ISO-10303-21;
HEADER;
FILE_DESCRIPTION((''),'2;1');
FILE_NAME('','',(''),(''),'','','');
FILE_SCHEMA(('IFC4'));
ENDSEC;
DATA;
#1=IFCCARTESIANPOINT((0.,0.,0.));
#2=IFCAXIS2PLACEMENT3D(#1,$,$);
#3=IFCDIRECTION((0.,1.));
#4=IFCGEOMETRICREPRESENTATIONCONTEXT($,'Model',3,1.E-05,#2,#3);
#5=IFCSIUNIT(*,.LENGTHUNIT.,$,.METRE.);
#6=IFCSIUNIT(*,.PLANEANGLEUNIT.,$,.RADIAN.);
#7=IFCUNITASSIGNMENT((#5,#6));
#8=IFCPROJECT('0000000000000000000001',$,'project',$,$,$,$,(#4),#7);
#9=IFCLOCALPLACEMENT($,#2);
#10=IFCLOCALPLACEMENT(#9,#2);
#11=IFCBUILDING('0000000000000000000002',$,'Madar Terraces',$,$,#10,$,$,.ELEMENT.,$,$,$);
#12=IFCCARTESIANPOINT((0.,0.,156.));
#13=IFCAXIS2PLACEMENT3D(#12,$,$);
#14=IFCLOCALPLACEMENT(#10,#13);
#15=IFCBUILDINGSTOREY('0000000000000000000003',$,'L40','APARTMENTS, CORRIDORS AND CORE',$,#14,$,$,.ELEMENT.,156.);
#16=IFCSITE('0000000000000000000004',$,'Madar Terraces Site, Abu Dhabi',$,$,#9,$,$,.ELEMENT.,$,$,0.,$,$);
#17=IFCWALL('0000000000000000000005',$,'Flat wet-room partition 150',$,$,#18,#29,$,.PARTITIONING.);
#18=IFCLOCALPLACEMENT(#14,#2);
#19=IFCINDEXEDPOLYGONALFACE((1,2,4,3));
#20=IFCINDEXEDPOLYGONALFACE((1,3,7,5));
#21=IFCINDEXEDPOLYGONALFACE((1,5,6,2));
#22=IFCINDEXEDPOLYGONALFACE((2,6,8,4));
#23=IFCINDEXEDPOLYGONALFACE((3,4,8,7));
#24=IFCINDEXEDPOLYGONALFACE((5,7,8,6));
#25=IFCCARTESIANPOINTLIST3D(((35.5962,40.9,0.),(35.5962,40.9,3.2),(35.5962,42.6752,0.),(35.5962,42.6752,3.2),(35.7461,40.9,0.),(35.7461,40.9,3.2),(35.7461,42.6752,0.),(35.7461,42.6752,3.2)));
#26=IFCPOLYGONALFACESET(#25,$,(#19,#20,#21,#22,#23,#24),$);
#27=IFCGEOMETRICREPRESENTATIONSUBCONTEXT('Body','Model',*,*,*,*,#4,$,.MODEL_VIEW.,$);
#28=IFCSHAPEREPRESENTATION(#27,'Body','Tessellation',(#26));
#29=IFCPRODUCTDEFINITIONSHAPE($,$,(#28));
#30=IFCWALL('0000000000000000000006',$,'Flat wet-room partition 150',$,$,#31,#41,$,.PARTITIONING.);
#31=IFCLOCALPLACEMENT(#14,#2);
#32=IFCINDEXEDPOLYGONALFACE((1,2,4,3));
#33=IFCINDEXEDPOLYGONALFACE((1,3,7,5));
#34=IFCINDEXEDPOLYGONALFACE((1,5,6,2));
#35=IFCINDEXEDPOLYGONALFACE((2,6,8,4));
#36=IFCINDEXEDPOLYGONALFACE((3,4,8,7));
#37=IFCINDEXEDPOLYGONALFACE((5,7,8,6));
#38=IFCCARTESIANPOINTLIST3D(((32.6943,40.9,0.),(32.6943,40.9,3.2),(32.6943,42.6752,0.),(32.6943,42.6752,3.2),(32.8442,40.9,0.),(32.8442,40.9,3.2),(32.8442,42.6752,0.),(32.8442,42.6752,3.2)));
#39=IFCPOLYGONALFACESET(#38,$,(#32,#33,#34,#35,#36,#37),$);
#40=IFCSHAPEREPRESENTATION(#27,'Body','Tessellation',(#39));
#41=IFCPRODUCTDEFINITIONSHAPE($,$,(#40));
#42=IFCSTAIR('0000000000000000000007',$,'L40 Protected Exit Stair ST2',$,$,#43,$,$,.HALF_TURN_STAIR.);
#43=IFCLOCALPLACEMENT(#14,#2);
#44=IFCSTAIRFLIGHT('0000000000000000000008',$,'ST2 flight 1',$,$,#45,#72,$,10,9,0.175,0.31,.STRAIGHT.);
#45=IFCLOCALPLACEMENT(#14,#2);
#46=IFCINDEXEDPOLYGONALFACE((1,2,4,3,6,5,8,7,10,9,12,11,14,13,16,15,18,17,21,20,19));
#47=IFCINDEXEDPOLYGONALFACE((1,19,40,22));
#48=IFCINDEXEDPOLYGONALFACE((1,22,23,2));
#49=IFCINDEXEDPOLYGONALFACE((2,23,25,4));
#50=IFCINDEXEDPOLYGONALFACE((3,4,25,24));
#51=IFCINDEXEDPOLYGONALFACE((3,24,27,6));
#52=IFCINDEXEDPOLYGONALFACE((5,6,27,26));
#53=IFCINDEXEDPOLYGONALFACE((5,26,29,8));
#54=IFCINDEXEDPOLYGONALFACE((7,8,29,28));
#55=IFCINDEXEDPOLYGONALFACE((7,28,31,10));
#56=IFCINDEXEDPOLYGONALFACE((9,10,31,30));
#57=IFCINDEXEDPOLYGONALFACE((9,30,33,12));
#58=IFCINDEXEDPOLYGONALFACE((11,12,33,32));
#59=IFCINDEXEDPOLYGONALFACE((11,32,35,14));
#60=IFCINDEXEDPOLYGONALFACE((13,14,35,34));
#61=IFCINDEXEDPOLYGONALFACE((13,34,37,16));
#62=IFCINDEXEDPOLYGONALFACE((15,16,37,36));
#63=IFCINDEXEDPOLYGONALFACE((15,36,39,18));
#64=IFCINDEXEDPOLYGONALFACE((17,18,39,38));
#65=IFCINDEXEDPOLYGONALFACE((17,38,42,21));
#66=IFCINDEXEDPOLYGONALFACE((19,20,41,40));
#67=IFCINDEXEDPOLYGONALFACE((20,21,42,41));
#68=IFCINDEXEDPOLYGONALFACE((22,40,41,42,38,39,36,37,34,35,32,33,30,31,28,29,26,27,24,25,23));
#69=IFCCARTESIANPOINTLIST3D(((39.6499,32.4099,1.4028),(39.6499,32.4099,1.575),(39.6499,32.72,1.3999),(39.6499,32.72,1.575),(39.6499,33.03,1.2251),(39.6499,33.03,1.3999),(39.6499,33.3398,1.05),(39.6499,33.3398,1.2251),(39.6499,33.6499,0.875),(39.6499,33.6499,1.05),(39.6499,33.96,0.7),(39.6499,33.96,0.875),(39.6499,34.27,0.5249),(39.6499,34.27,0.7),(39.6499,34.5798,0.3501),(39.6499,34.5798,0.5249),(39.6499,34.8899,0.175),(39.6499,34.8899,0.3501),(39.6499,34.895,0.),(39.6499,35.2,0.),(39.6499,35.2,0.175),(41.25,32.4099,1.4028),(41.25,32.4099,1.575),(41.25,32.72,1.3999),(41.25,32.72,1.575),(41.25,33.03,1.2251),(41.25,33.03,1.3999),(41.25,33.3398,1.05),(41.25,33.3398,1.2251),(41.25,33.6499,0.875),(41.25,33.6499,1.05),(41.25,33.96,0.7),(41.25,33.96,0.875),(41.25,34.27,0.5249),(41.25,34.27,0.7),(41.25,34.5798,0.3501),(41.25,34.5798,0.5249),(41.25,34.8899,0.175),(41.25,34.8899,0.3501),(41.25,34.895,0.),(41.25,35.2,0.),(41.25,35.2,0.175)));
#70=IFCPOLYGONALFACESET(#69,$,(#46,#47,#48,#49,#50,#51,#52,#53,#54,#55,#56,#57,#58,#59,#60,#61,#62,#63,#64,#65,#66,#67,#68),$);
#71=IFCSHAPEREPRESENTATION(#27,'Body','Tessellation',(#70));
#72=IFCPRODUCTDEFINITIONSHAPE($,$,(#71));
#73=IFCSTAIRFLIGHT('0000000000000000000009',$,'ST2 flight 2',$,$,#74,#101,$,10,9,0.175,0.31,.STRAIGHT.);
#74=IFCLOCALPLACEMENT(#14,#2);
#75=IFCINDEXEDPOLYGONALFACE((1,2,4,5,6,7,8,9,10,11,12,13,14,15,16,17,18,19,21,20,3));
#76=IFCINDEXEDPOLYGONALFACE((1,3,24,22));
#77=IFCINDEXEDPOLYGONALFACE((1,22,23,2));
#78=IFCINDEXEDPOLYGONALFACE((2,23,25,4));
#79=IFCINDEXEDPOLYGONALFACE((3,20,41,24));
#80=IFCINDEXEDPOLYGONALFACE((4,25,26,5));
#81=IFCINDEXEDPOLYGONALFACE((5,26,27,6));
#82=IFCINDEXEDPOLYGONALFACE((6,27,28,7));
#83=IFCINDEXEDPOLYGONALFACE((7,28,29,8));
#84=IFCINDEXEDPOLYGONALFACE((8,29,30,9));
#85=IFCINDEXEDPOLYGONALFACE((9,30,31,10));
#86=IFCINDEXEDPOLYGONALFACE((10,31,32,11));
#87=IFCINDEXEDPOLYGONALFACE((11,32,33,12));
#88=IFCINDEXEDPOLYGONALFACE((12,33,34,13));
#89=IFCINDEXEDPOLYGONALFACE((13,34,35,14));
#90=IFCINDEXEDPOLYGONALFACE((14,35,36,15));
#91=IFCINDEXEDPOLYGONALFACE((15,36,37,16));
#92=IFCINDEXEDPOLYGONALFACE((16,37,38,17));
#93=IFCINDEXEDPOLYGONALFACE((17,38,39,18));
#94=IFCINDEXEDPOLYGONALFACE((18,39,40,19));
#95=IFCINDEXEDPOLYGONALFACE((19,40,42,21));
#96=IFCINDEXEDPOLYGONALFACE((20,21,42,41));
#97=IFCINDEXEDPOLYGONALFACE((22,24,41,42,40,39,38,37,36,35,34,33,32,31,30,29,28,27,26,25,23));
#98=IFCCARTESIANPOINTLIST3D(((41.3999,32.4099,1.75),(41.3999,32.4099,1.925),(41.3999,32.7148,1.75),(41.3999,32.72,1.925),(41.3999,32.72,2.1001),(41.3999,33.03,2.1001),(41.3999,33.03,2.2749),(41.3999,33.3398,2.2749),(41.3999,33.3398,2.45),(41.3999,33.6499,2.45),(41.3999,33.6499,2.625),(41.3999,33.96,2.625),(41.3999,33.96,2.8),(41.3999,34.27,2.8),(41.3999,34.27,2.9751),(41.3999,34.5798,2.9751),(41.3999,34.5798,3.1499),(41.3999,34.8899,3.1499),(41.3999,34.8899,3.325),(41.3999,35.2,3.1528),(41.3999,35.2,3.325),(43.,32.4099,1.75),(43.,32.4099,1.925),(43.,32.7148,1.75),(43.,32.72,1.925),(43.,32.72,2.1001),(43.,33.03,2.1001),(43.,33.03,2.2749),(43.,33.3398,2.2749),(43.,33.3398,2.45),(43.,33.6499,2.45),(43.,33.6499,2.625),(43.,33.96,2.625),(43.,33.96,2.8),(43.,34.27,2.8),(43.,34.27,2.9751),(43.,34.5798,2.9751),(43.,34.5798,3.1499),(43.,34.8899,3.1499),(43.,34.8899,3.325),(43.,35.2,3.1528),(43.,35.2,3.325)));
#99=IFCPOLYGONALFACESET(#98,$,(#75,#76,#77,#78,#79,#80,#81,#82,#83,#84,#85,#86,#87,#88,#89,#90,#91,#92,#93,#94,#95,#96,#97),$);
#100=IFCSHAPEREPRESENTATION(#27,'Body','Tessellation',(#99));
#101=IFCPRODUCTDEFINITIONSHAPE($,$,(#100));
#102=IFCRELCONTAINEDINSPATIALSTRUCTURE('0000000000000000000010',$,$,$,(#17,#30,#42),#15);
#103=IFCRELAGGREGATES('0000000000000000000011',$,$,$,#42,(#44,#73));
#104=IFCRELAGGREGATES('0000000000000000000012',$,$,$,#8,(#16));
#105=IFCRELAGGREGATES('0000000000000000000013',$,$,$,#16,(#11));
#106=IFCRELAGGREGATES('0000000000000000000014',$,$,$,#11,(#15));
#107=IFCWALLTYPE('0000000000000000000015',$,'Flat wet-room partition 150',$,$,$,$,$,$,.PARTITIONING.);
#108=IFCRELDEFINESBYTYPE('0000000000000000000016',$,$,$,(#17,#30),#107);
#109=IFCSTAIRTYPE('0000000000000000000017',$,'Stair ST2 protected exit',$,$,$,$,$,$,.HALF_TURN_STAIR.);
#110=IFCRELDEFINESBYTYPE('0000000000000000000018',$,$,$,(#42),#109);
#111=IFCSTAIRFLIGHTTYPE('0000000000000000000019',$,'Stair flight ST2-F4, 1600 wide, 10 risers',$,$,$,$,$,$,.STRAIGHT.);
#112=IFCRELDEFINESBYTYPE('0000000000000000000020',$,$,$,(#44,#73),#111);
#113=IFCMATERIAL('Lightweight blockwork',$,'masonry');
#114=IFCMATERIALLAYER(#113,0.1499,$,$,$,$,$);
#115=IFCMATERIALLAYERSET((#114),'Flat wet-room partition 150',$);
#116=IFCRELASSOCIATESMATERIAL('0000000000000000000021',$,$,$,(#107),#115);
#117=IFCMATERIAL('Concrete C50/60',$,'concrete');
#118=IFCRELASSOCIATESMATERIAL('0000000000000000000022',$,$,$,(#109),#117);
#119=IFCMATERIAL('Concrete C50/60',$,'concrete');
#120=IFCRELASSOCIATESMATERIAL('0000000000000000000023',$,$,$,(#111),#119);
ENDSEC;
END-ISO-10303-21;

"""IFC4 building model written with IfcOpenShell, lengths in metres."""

from ifc_helpers import new_model, si_unit, direction, frame, frame_2d, origin, place, context, subcontext, project, spatial, polyline, rectangle, outline, extrude, material, layer, layer_set, type_object, element, aggregate, save


model = new_model("IFC4")

# Units and contexts
model_context = context("Model", 3, precision=1e-05, world=origin(), true_north=direction((0.0, 1.0)))
body_context = subcontext(model_context, "Body", "Model", "MODEL_VIEW")
ifc_project = project(units=[si_unit("LENGTHUNIT", "METRE"), si_unit("PLANEANGLEUNIT", "RADIAN")], contexts=[model_context])

# Site, building, storey
site_placement = place(None, origin())
site = spatial("IfcSite", under=ifc_project, at=site_placement, Name="Madar Terraces Site, Abu Dhabi", CompositionType="ELEMENT", RefElevation=0.0)
building_placement = place(site_placement, origin())
building = spatial("IfcBuilding", under=site, at=building_placement, Name="Madar Terraces", CompositionType="ELEMENT")
storey_placement = place(building_placement, frame((0.0, 0.0, 156.0)))
storey = spatial("IfcBuildingStorey", under=building, at=storey_placement, Name="L40", Description="APARTMENTS, CORRIDORS AND CORE", CompositionType="ELEMENT", Elevation=156.0)

# Walls
ifc_material_1 = material(Name="Lightweight blockwork", Category="masonry")
ifc_layer_1 = layer(ifc_material_1, 0.1499)
ifc_layer_set_1 = layer_set([ifc_layer_1], Name="Flat wet-room partition 150")
wall_type_1 = type_object("IfcWallType", Name="Flat wet-room partition 150", PredefinedType="PARTITIONING", material=ifc_layer_set_1)
for number, where, z_axis, x_axis, name in (
    (1, (35.6711, 40.8999, 0.0), (0.0, 0.0, 1.0), (0.0, 1.0, 0.0), "Flat wet-room partition 150"),
    (2, (32.7693, 40.8999, 0.0), (0.0, 0.0, 1.0), (0.0, 1.0, 0.0), "Flat wet-room partition 150"),
):
    element("IfcWall", number, at=place(storey_placement, frame(where, z_axis=z_axis, x_axis=x_axis)), inside=storey, type_object=wall_type_1, Name=name, PredefinedType="PARTITIONING", context=body_context, shape_type="SweptSolid", body=[
        extrude(rectangle(XDim=1.7751, YDim=0.1499, at=frame_2d((0.8877, 0.0))), origin(), (0.0, 0.0, 1.0), 3.2),
    ])

# Stair, stair flights
ifc_material_2 = material(Name="Concrete C50/60", Category="concrete")
stair_type = type_object("IfcStairType", Name="Stair ST2 protected exit", PredefinedType="HALF_TURN_STAIR", material=ifc_material_2)
stair_placement = place(storey_placement, origin())
stair = element("IfcStair", 3, at=stair_placement, inside=storey, type_object=stair_type, Name="L40 Protected Exit Stair ST2", PredefinedType="HALF_TURN_STAIR")
ifc_material_3 = material(Name="Concrete C50/60", Category="concrete")
stair_flight_type = type_object("IfcStairFlightType", Name="Stair flight ST2-F4, 1600 wide, 10 risers", PredefinedType="STRAIGHT", material=ifc_material_3)
stair_flight_1_placement = place(storey_placement, frame((40.45, 35.2, 0.0), z_axis=(0.0, 0.0, 1.0), x_axis=(0.0, -1.0, 0.0)))
stair_flight_1 = element("IfcStairFlight", 4, at=stair_flight_1_placement, type_object=stair_flight_type, Name="ST2 flight 1", NumberOfRisers=10, NumberOfTreads=9, PredefinedType="STRAIGHT", RiserHeight=0.175, TreadLength=0.31, context=body_context, shape_type="SweptSolid", body=[
    extrude(outline(polyline([(0.0, 0.0), (0.0, 0.175), (0.3101, 0.175), (0.3101, 0.3501), (0.6201, 0.3501), (0.6201, 0.5249), (0.9299, 0.5249), (0.9299, 0.7), (1.24, 0.7), (1.24, 0.875), (1.55, 0.875), (1.55, 1.05), (1.8601, 1.05), (1.8601, 1.2251), (2.1699, 1.2251), (2.1699, 1.3999), (2.48, 1.3999), (2.48, 1.575), (2.79, 1.575), (2.79, 1.75), (2.79, 1.4028), (0.3049, 0.0), (0.0, 0.0)])), frame((0.0, 0.8, 0.0), z_axis=(0.0, -1.0, 0.0), x_axis=(1.0, 0.0, 0.0)), (0.0, 0.0, 1.0), 1.6001),
])
stair_flight_2_placement = place(storey_placement, frame((42.2, 32.4099, 1.75), z_axis=(0.0, 0.0, 1.0), x_axis=(0.0, 1.0, 0.0)))
stair_flight_2 = element("IfcStairFlight", 5, at=stair_flight_2_placement, type_object=stair_flight_type, Name="ST2 flight 2", NumberOfRisers=10, NumberOfTreads=9, PredefinedType="STRAIGHT", RiserHeight=0.175, TreadLength=0.31, context=body_context, shape_type="SweptSolid", body=[
    extrude(outline(polyline([(0.0, 0.0), (0.0, 0.175), (0.3101, 0.175), (0.3101, 0.3501), (0.6201, 0.3501), (0.6201, 0.5249), (0.9299, 0.5249), (0.9299, 0.7), (1.24, 0.7), (1.24, 0.875), (1.55, 0.875), (1.55, 1.05), (1.8601, 1.05), (1.8601, 1.2251), (2.1699, 1.2251), (2.1699, 1.3999), (2.48, 1.3999), (2.48, 1.575), (2.79, 1.575), (2.79, 1.75), (2.79, 1.4028), (0.3049, 0.0), (0.0, 0.0)])), frame((0.0, 0.8, 0.0), z_axis=(0.0, -1.0, 0.0), x_axis=(1.0, 0.0, 0.0)), (0.0, 0.0, 1.0), 1.6001),
])
aggregate(stair, [stair_flight_1, stair_flight_2])

save(model, "model.ifc")
